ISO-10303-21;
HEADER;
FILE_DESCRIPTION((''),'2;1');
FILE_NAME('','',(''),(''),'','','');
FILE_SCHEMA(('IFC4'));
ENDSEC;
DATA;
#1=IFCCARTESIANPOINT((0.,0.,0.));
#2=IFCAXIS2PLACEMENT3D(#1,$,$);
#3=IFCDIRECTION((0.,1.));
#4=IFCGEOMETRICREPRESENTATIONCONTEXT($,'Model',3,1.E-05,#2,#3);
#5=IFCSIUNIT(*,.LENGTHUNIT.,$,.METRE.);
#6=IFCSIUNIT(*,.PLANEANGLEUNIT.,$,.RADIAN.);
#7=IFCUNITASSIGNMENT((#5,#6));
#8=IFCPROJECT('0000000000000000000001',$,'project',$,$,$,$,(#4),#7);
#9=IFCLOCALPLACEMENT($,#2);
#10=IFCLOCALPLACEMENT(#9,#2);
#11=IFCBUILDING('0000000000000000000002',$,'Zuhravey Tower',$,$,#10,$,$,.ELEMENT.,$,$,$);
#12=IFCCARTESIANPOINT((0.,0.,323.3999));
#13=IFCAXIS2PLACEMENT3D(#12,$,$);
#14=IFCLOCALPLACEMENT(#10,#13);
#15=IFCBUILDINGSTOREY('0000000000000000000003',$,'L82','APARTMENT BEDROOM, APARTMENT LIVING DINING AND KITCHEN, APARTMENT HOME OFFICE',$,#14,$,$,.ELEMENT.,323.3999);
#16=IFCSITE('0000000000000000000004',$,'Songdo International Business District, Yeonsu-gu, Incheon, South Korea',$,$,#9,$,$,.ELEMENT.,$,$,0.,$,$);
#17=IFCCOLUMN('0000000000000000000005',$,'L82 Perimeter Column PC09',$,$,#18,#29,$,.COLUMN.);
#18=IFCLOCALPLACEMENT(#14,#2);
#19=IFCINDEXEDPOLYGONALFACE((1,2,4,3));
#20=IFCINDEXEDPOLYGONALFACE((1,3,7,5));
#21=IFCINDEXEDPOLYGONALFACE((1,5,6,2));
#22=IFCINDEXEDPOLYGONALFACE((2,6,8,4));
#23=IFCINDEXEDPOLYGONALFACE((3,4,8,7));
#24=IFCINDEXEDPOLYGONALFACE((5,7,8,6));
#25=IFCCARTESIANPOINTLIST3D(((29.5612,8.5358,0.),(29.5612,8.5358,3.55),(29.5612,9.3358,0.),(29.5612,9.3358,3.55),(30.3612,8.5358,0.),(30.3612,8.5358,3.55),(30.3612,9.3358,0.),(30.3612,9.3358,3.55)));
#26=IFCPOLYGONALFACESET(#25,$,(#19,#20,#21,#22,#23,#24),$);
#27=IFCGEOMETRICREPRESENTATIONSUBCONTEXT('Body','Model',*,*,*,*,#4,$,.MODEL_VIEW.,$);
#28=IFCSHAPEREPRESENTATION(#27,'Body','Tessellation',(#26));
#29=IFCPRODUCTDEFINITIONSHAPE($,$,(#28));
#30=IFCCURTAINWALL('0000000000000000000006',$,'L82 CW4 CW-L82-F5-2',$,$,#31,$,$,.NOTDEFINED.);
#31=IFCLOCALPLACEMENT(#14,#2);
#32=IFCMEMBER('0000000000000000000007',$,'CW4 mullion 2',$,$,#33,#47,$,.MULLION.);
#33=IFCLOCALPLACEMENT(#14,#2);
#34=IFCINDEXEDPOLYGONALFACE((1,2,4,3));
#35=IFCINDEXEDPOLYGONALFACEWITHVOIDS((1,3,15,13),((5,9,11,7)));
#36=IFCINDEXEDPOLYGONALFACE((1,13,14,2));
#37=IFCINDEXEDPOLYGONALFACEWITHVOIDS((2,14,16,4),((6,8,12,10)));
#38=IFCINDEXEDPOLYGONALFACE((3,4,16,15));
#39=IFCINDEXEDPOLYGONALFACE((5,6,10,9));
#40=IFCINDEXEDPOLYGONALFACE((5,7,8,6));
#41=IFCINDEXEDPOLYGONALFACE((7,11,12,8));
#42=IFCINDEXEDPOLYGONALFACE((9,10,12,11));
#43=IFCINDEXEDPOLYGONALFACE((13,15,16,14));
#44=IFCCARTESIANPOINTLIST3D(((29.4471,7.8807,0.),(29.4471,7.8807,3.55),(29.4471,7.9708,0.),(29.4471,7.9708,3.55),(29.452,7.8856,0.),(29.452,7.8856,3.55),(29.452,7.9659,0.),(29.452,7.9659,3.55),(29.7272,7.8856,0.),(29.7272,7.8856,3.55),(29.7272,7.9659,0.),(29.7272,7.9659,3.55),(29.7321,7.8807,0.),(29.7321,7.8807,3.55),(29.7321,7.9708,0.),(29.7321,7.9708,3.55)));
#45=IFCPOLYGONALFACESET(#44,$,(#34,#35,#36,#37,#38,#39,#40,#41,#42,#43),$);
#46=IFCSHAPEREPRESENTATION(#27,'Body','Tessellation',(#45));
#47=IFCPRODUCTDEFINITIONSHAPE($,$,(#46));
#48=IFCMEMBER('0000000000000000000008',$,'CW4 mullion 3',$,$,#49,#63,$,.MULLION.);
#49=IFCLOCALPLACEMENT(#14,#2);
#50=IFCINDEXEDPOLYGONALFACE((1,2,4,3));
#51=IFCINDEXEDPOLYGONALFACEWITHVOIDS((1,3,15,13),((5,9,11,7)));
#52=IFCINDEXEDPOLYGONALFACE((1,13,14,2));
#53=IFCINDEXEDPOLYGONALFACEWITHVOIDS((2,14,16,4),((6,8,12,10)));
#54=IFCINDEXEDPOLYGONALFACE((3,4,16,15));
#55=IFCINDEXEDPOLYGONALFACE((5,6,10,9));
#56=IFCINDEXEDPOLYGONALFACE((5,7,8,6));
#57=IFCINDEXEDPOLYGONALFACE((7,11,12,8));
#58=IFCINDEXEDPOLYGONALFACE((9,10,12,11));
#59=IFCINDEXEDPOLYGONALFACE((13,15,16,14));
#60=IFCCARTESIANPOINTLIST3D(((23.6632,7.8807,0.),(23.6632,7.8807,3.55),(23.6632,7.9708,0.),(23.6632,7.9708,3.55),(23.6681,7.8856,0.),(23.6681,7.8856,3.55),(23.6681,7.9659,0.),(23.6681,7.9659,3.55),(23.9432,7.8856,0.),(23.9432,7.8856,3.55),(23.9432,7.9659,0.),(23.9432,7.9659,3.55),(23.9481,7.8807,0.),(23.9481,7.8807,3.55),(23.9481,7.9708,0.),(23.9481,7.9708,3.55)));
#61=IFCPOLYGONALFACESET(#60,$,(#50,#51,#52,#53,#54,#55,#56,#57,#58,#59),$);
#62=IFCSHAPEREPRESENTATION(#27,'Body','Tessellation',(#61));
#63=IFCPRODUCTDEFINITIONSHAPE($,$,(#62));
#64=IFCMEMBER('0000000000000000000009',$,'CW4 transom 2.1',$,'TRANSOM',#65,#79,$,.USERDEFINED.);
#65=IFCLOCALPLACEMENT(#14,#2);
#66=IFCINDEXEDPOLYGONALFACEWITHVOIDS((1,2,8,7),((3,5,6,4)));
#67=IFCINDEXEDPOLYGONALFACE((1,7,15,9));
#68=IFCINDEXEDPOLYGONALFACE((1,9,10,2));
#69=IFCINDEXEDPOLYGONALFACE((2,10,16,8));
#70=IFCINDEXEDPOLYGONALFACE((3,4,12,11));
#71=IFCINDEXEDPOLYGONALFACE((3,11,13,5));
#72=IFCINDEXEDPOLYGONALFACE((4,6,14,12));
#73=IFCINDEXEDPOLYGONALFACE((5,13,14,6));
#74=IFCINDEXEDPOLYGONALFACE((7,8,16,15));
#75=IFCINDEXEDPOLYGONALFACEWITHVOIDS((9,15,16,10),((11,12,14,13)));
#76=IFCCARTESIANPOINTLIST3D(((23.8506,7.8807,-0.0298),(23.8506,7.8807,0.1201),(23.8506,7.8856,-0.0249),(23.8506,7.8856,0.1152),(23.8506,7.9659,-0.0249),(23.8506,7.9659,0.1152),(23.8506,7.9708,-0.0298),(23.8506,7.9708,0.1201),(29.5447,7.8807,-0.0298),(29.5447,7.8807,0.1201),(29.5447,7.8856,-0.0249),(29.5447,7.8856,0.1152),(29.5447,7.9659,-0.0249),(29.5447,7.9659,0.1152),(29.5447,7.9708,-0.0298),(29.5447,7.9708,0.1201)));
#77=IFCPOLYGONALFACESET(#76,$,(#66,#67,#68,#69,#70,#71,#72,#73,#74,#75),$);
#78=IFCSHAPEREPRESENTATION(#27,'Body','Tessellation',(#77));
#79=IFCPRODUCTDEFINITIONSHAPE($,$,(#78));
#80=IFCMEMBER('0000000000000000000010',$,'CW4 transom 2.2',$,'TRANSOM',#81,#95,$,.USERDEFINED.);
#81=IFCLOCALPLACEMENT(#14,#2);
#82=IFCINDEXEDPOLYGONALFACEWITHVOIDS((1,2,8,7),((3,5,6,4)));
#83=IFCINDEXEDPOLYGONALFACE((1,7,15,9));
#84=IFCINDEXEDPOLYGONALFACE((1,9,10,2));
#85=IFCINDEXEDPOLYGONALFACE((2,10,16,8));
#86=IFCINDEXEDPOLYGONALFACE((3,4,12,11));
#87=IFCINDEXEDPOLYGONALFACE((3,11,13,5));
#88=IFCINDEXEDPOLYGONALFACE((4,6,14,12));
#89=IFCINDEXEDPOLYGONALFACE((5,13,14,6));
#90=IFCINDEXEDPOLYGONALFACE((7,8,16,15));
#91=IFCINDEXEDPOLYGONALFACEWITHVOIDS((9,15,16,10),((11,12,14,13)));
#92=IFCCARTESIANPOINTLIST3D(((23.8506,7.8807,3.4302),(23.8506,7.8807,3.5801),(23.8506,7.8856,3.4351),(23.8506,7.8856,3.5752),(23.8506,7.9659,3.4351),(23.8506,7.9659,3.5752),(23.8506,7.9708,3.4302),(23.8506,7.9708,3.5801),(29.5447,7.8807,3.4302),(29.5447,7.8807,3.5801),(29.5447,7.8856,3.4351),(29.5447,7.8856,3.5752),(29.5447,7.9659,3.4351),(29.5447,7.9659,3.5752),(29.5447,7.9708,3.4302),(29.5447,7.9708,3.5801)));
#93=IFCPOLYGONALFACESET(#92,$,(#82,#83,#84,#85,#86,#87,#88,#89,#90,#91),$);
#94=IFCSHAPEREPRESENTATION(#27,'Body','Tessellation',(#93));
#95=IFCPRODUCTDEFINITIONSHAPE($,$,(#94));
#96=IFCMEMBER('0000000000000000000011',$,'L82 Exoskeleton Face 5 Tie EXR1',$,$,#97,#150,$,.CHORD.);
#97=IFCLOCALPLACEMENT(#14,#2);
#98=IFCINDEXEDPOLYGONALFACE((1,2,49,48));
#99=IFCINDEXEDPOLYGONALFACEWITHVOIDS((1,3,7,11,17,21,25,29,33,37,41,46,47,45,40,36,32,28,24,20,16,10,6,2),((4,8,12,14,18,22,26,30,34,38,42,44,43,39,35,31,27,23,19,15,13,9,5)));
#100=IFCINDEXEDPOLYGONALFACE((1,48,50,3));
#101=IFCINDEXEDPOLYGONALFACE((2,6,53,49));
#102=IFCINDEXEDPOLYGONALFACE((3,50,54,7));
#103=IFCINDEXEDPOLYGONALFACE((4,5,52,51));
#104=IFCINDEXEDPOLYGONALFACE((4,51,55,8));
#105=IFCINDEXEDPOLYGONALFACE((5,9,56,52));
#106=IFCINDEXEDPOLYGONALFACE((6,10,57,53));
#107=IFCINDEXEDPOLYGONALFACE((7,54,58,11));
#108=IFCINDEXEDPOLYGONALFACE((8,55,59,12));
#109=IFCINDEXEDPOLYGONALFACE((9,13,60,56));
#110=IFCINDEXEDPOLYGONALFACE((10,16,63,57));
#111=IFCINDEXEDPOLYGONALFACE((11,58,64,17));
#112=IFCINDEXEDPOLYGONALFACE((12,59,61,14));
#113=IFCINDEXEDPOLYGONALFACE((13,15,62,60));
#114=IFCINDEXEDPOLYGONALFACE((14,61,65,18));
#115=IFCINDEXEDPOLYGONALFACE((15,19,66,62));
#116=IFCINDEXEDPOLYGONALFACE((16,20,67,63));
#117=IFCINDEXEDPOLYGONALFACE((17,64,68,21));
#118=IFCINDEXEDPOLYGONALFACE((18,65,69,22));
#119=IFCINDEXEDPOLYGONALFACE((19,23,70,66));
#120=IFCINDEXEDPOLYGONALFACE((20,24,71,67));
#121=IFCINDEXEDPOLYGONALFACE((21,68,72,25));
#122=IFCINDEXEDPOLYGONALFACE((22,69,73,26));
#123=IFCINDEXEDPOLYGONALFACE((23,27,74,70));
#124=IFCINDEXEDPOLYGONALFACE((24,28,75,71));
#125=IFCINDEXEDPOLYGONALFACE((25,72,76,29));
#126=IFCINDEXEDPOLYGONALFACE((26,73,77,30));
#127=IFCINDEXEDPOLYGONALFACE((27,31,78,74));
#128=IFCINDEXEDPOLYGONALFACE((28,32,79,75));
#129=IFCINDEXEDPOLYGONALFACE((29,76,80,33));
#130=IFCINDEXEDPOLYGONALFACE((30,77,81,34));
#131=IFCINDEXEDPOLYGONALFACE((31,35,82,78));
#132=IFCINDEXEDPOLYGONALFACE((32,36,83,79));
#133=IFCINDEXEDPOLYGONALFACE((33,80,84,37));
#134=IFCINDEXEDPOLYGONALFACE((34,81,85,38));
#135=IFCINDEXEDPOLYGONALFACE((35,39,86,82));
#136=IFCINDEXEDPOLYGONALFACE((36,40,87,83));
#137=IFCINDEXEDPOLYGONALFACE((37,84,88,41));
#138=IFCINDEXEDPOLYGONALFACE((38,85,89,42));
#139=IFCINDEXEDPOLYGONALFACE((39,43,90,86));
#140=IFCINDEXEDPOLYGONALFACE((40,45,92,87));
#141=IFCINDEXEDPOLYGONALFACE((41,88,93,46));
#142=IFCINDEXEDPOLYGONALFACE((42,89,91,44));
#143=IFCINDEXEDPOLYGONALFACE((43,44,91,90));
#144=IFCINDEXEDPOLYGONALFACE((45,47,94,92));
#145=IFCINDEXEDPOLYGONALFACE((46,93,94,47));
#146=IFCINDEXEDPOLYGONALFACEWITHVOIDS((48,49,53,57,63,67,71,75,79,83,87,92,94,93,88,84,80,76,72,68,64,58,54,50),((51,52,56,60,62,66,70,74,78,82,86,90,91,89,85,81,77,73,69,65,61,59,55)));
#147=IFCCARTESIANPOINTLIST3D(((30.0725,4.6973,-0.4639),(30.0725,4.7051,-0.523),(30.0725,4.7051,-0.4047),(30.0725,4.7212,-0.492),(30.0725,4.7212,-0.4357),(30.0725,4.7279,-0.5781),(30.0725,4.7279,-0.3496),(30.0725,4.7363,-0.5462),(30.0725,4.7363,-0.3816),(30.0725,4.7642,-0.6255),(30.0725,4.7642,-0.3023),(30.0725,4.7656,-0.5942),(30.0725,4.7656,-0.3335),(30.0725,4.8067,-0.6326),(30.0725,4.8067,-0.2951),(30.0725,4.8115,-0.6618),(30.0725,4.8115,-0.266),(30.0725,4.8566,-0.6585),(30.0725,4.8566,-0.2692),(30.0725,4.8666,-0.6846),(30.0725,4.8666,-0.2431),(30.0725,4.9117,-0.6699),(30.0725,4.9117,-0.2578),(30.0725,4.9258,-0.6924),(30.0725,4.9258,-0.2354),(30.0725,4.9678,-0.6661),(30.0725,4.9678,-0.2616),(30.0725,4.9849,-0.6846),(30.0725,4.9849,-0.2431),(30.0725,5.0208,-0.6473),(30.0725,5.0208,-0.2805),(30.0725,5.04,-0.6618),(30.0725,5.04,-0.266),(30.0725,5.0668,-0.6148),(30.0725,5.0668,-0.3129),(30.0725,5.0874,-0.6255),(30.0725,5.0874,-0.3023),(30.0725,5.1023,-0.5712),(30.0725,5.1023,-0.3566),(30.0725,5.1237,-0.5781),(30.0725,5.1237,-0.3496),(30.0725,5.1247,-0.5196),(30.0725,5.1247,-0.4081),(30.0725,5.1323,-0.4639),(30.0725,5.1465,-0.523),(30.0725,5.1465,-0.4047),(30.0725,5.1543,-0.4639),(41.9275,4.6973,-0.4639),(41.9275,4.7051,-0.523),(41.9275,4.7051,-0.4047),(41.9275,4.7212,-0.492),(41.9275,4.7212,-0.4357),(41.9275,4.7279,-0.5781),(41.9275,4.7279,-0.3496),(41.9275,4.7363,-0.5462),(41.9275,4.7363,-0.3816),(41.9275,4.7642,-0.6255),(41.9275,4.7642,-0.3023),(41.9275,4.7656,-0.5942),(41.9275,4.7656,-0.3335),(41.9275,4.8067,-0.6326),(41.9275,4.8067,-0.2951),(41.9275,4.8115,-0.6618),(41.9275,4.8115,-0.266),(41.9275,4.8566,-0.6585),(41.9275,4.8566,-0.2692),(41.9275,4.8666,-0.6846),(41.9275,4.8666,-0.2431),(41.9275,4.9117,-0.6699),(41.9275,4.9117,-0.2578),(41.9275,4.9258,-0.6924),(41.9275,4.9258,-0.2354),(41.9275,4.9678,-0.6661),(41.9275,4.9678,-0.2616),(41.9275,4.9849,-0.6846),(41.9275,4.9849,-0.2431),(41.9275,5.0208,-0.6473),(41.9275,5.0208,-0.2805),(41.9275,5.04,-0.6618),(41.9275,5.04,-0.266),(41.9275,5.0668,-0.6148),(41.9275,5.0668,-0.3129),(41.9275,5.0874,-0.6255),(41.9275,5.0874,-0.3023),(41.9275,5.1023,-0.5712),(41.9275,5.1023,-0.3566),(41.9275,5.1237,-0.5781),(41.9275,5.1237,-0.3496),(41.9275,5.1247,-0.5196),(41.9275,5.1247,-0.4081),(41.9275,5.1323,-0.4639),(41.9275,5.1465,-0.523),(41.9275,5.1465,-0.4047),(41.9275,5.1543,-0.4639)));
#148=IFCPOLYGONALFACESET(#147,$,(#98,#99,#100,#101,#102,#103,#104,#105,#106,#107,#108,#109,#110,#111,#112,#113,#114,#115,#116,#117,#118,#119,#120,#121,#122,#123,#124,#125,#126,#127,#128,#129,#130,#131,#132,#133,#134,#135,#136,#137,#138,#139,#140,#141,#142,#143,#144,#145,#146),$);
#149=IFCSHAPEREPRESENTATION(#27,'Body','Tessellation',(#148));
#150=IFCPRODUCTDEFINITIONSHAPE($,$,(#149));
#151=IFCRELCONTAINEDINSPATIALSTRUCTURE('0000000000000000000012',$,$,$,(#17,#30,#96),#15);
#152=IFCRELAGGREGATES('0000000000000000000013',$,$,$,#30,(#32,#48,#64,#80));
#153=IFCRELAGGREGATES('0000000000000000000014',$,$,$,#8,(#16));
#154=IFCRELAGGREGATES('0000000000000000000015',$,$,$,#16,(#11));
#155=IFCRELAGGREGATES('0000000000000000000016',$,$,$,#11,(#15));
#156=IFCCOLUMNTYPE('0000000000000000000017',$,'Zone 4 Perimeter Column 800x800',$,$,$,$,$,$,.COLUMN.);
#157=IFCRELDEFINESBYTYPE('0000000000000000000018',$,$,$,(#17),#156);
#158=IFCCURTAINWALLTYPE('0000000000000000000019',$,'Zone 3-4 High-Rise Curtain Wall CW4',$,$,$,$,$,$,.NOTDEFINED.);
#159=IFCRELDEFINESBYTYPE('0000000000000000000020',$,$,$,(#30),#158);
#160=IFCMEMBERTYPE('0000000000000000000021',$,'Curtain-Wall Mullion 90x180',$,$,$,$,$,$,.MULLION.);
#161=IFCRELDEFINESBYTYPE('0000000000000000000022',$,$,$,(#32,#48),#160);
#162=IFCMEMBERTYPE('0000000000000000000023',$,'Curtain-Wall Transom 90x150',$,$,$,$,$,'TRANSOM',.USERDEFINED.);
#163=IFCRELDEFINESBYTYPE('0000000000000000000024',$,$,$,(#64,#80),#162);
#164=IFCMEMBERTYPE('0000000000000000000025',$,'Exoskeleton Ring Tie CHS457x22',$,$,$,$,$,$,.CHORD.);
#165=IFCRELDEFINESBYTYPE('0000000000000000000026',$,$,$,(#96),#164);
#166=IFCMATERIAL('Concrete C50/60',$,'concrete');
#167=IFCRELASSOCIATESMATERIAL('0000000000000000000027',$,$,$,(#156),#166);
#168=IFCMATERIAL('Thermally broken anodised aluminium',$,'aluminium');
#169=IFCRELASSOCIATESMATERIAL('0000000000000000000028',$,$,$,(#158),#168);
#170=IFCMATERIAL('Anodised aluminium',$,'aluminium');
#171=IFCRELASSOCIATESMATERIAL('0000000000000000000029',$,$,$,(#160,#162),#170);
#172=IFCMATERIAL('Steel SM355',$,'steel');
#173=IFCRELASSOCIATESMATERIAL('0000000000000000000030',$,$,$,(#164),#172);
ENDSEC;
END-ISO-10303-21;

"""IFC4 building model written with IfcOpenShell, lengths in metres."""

from ifc_helpers import new_model, si_unit, direction, frame, origin, origin_2d, place, context, subcontext, project, spatial, rectangle, hollow_rectangle, hollow_circle, extrude, material, material_profile, profile_set, type_object, element, aggregate, save


model = new_model("IFC4")

# Units and contexts
model_context = context("Model", 3, precision=1e-05, world=origin(), true_north=direction((0.0, 1.0)))
body_context = subcontext(model_context, "Body", "Model", "MODEL_VIEW")
ifc_project = project(units=[si_unit("LENGTHUNIT", "METRE"), si_unit("PLANEANGLEUNIT", "RADIAN")], contexts=[model_context])

# Site, building, storey
site_placement = place(None, origin())
site = spatial("IfcSite", under=ifc_project, at=site_placement, Name="Songdo International Business District, Yeonsu-gu, Incheon, South Korea", CompositionType="ELEMENT", RefElevation=0.0)
building_placement = place(site_placement, origin())
building = spatial("IfcBuilding", under=site, at=building_placement, Name="Zuhravey Tower", CompositionType="ELEMENT")
storey_placement = place(building_placement, frame((0.0, 0.0, 323.3999)))
storey = spatial("IfcBuildingStorey", under=building, at=storey_placement, Name="L82", Description="APARTMENT BEDROOM, APARTMENT LIVING DINING AND KITCHEN, APARTMENT HOME OFFICE", CompositionType="ELEMENT", Elevation=323.3999)

# Column
ifc_material_1 = material(Name="Concrete C50/60", Category="concrete")
ifc_material_profile_1 = material_profile(ifc_material_1, rectangle(XDim=0.8, YDim=0.8, at=origin_2d()), Name="RC-800x800")
ifc_profile_set_1 = profile_set([ifc_material_profile_1], Name="Concrete C50/60")
column_type = type_object("IfcColumnType", Name="Zone 4 Perimeter Column 800x800", PredefinedType="COLUMN", material=ifc_profile_set_1)
column_placement = place(storey_placement, frame((29.9612, 8.9358, 0.0), z_axis=(0.0, 0.0, 1.0), x_axis=(1.0, 0.0, 0.0)))
element("IfcColumn", 1, at=column_placement, inside=storey, type_object=column_type, Name="L82 Perimeter Column PC09", PredefinedType="COLUMN", context=body_context, shape_type="SweptSolid", body=[
    extrude(rectangle(XDim=0.8, YDim=0.8, at=origin_2d()), origin(), (0.0, 0.0, 1.0), 3.55),
])

# Curtain wall, members
ifc_material_2 = material(Name="Thermally broken anodised aluminium", Category="aluminium")
curtain_wall_type = type_object("IfcCurtainWallType", Name="Zone 3-4 High-Rise Curtain Wall CW4", PredefinedType="NOTDEFINED", material=ifc_material_2)
curtain_wall_placement = place(storey_placement, origin())
curtain_wall = element("IfcCurtainWall", 2, at=curtain_wall_placement, inside=storey, type_object=curtain_wall_type, Name="L82 CW4 CW-L82-F5-2", PredefinedType="NOTDEFINED")
ifc_material_3 = material(Name="Anodised aluminium", Category="aluminium")
ifc_material_profile_2 = material_profile(ifc_material_3, hollow_rectangle(XDim=0.0901, YDim=0.2849, WallThickness=0.0049, at=origin_2d()), Name="ALU-RHS-90x285x5")
ifc_profile_set_2 = profile_set([ifc_material_profile_2], Name="Anodised aluminium")
member_type_1 = type_object("IfcMemberType", Name="Curtain-Wall Mullion 90x180", PredefinedType="MULLION", material=ifc_profile_set_2)
member_1_placement = place(storey_placement, frame((29.5896, 7.9258, 0.0), z_axis=(0.0, 0.0, 1.0), x_axis=(0.0, -1.0, 0.0)))
member_1 = element("IfcMember", 3, at=member_1_placement, type_object=member_type_1, Name="CW4 mullion 2", PredefinedType="MULLION", context=body_context, shape_type="SweptSolid", body=[
    extrude(hollow_rectangle(XDim=0.0901, YDim=0.2849, WallThickness=0.0049, at=origin_2d()), origin(), (0.0, 0.0, 1.0), 3.55),
])
member_2_placement = place(storey_placement, frame((23.8057, 7.9258, 0.0), z_axis=(0.0, 0.0, 1.0), x_axis=(0.0, -1.0, 0.0)))
member_2 = element("IfcMember", 4, at=member_2_placement, type_object=member_type_1, Name="CW4 mullion 3", PredefinedType="MULLION", context=body_context, shape_type="SweptSolid", body=[
    extrude(hollow_rectangle(XDim=0.0901, YDim=0.2849, WallThickness=0.0049, at=origin_2d()), origin(), (0.0, 0.0, 1.0), 3.55),
])
ifc_material_profile_3 = material_profile(ifc_material_3, hollow_rectangle(XDim=0.0901, YDim=0.1499, WallThickness=0.0049, at=origin_2d()), Name="ALU-RHS-90x150x5")
ifc_profile_set_3 = profile_set([ifc_material_profile_3], Name="Anodised aluminium")
member_type_2 = type_object("IfcMemberType", Name="Curtain-Wall Transom 90x150", ElementType="TRANSOM", PredefinedType="USERDEFINED", material=ifc_profile_set_3)
member_3_placement = place(storey_placement, frame((29.5447, 7.9258, 0.0452), z_axis=(-1.0, 0.0, 0.0), x_axis=(0.0, -1.0, 0.0)))
member_3 = element("IfcMember", 5, at=member_3_placement, type_object=member_type_2, Name="CW4 transom 2.1", ObjectType="TRANSOM", PredefinedType="USERDEFINED", context=body_context, shape_type="SweptSolid", body=[
    extrude(hollow_rectangle(XDim=0.0901, YDim=0.1499, WallThickness=0.0049, at=origin_2d()), origin(), (0.0, 0.0, 1.0), 5.6941),
])
member_4_placement = place(storey_placement, frame((29.5447, 7.9258, 3.5051), z_axis=(-1.0, 0.0, 0.0), x_axis=(0.0, -1.0, 0.0)))
member_4 = element("IfcMember", 6, at=member_4_placement, type_object=member_type_2, Name="CW4 transom 2.2", ObjectType="TRANSOM", PredefinedType="USERDEFINED", context=body_context, shape_type="SweptSolid", body=[
    extrude(hollow_rectangle(XDim=0.0901, YDim=0.1499, WallThickness=0.0049, at=origin_2d()), origin(), (0.0, 0.0, 1.0), 5.6941),
])

# Member
ifc_material_4 = material(Name="Steel SM355", Category="steel")
ifc_material_profile_4 = material_profile(ifc_material_4, hollow_circle(Radius=0.2285, WallThickness=0.022, at=origin_2d()), Name="CHS-457.2x22")
ifc_profile_set_4 = profile_set([ifc_material_profile_4], Name="Steel SM355")
member_type_3 = type_object("IfcMemberType", Name="Exoskeleton Ring Tie CHS457x22", PredefinedType="CHORD", material=ifc_profile_set_4)
member_5_placement = place(storey_placement, frame((30.0725, 4.9258, -0.4639), z_axis=(1.0, 0.0, 0.0), x_axis=(0.0, 1.0, 0.0)))
element("IfcMember", 7, at=member_5_placement, inside=storey, type_object=member_type_3, Name="L82 Exoskeleton Face 5 Tie EXR1", PredefinedType="CHORD", context=body_context, shape_type="SweptSolid", body=[
    extrude(hollow_circle(Radius=0.2285, WallThickness=0.022, at=origin_2d()), origin(), (0.0, 0.0, 1.0), 11.855),
])

aggregate(curtain_wall, [member_1, member_2, member_3, member_4])

save(model, "model.ifc")
